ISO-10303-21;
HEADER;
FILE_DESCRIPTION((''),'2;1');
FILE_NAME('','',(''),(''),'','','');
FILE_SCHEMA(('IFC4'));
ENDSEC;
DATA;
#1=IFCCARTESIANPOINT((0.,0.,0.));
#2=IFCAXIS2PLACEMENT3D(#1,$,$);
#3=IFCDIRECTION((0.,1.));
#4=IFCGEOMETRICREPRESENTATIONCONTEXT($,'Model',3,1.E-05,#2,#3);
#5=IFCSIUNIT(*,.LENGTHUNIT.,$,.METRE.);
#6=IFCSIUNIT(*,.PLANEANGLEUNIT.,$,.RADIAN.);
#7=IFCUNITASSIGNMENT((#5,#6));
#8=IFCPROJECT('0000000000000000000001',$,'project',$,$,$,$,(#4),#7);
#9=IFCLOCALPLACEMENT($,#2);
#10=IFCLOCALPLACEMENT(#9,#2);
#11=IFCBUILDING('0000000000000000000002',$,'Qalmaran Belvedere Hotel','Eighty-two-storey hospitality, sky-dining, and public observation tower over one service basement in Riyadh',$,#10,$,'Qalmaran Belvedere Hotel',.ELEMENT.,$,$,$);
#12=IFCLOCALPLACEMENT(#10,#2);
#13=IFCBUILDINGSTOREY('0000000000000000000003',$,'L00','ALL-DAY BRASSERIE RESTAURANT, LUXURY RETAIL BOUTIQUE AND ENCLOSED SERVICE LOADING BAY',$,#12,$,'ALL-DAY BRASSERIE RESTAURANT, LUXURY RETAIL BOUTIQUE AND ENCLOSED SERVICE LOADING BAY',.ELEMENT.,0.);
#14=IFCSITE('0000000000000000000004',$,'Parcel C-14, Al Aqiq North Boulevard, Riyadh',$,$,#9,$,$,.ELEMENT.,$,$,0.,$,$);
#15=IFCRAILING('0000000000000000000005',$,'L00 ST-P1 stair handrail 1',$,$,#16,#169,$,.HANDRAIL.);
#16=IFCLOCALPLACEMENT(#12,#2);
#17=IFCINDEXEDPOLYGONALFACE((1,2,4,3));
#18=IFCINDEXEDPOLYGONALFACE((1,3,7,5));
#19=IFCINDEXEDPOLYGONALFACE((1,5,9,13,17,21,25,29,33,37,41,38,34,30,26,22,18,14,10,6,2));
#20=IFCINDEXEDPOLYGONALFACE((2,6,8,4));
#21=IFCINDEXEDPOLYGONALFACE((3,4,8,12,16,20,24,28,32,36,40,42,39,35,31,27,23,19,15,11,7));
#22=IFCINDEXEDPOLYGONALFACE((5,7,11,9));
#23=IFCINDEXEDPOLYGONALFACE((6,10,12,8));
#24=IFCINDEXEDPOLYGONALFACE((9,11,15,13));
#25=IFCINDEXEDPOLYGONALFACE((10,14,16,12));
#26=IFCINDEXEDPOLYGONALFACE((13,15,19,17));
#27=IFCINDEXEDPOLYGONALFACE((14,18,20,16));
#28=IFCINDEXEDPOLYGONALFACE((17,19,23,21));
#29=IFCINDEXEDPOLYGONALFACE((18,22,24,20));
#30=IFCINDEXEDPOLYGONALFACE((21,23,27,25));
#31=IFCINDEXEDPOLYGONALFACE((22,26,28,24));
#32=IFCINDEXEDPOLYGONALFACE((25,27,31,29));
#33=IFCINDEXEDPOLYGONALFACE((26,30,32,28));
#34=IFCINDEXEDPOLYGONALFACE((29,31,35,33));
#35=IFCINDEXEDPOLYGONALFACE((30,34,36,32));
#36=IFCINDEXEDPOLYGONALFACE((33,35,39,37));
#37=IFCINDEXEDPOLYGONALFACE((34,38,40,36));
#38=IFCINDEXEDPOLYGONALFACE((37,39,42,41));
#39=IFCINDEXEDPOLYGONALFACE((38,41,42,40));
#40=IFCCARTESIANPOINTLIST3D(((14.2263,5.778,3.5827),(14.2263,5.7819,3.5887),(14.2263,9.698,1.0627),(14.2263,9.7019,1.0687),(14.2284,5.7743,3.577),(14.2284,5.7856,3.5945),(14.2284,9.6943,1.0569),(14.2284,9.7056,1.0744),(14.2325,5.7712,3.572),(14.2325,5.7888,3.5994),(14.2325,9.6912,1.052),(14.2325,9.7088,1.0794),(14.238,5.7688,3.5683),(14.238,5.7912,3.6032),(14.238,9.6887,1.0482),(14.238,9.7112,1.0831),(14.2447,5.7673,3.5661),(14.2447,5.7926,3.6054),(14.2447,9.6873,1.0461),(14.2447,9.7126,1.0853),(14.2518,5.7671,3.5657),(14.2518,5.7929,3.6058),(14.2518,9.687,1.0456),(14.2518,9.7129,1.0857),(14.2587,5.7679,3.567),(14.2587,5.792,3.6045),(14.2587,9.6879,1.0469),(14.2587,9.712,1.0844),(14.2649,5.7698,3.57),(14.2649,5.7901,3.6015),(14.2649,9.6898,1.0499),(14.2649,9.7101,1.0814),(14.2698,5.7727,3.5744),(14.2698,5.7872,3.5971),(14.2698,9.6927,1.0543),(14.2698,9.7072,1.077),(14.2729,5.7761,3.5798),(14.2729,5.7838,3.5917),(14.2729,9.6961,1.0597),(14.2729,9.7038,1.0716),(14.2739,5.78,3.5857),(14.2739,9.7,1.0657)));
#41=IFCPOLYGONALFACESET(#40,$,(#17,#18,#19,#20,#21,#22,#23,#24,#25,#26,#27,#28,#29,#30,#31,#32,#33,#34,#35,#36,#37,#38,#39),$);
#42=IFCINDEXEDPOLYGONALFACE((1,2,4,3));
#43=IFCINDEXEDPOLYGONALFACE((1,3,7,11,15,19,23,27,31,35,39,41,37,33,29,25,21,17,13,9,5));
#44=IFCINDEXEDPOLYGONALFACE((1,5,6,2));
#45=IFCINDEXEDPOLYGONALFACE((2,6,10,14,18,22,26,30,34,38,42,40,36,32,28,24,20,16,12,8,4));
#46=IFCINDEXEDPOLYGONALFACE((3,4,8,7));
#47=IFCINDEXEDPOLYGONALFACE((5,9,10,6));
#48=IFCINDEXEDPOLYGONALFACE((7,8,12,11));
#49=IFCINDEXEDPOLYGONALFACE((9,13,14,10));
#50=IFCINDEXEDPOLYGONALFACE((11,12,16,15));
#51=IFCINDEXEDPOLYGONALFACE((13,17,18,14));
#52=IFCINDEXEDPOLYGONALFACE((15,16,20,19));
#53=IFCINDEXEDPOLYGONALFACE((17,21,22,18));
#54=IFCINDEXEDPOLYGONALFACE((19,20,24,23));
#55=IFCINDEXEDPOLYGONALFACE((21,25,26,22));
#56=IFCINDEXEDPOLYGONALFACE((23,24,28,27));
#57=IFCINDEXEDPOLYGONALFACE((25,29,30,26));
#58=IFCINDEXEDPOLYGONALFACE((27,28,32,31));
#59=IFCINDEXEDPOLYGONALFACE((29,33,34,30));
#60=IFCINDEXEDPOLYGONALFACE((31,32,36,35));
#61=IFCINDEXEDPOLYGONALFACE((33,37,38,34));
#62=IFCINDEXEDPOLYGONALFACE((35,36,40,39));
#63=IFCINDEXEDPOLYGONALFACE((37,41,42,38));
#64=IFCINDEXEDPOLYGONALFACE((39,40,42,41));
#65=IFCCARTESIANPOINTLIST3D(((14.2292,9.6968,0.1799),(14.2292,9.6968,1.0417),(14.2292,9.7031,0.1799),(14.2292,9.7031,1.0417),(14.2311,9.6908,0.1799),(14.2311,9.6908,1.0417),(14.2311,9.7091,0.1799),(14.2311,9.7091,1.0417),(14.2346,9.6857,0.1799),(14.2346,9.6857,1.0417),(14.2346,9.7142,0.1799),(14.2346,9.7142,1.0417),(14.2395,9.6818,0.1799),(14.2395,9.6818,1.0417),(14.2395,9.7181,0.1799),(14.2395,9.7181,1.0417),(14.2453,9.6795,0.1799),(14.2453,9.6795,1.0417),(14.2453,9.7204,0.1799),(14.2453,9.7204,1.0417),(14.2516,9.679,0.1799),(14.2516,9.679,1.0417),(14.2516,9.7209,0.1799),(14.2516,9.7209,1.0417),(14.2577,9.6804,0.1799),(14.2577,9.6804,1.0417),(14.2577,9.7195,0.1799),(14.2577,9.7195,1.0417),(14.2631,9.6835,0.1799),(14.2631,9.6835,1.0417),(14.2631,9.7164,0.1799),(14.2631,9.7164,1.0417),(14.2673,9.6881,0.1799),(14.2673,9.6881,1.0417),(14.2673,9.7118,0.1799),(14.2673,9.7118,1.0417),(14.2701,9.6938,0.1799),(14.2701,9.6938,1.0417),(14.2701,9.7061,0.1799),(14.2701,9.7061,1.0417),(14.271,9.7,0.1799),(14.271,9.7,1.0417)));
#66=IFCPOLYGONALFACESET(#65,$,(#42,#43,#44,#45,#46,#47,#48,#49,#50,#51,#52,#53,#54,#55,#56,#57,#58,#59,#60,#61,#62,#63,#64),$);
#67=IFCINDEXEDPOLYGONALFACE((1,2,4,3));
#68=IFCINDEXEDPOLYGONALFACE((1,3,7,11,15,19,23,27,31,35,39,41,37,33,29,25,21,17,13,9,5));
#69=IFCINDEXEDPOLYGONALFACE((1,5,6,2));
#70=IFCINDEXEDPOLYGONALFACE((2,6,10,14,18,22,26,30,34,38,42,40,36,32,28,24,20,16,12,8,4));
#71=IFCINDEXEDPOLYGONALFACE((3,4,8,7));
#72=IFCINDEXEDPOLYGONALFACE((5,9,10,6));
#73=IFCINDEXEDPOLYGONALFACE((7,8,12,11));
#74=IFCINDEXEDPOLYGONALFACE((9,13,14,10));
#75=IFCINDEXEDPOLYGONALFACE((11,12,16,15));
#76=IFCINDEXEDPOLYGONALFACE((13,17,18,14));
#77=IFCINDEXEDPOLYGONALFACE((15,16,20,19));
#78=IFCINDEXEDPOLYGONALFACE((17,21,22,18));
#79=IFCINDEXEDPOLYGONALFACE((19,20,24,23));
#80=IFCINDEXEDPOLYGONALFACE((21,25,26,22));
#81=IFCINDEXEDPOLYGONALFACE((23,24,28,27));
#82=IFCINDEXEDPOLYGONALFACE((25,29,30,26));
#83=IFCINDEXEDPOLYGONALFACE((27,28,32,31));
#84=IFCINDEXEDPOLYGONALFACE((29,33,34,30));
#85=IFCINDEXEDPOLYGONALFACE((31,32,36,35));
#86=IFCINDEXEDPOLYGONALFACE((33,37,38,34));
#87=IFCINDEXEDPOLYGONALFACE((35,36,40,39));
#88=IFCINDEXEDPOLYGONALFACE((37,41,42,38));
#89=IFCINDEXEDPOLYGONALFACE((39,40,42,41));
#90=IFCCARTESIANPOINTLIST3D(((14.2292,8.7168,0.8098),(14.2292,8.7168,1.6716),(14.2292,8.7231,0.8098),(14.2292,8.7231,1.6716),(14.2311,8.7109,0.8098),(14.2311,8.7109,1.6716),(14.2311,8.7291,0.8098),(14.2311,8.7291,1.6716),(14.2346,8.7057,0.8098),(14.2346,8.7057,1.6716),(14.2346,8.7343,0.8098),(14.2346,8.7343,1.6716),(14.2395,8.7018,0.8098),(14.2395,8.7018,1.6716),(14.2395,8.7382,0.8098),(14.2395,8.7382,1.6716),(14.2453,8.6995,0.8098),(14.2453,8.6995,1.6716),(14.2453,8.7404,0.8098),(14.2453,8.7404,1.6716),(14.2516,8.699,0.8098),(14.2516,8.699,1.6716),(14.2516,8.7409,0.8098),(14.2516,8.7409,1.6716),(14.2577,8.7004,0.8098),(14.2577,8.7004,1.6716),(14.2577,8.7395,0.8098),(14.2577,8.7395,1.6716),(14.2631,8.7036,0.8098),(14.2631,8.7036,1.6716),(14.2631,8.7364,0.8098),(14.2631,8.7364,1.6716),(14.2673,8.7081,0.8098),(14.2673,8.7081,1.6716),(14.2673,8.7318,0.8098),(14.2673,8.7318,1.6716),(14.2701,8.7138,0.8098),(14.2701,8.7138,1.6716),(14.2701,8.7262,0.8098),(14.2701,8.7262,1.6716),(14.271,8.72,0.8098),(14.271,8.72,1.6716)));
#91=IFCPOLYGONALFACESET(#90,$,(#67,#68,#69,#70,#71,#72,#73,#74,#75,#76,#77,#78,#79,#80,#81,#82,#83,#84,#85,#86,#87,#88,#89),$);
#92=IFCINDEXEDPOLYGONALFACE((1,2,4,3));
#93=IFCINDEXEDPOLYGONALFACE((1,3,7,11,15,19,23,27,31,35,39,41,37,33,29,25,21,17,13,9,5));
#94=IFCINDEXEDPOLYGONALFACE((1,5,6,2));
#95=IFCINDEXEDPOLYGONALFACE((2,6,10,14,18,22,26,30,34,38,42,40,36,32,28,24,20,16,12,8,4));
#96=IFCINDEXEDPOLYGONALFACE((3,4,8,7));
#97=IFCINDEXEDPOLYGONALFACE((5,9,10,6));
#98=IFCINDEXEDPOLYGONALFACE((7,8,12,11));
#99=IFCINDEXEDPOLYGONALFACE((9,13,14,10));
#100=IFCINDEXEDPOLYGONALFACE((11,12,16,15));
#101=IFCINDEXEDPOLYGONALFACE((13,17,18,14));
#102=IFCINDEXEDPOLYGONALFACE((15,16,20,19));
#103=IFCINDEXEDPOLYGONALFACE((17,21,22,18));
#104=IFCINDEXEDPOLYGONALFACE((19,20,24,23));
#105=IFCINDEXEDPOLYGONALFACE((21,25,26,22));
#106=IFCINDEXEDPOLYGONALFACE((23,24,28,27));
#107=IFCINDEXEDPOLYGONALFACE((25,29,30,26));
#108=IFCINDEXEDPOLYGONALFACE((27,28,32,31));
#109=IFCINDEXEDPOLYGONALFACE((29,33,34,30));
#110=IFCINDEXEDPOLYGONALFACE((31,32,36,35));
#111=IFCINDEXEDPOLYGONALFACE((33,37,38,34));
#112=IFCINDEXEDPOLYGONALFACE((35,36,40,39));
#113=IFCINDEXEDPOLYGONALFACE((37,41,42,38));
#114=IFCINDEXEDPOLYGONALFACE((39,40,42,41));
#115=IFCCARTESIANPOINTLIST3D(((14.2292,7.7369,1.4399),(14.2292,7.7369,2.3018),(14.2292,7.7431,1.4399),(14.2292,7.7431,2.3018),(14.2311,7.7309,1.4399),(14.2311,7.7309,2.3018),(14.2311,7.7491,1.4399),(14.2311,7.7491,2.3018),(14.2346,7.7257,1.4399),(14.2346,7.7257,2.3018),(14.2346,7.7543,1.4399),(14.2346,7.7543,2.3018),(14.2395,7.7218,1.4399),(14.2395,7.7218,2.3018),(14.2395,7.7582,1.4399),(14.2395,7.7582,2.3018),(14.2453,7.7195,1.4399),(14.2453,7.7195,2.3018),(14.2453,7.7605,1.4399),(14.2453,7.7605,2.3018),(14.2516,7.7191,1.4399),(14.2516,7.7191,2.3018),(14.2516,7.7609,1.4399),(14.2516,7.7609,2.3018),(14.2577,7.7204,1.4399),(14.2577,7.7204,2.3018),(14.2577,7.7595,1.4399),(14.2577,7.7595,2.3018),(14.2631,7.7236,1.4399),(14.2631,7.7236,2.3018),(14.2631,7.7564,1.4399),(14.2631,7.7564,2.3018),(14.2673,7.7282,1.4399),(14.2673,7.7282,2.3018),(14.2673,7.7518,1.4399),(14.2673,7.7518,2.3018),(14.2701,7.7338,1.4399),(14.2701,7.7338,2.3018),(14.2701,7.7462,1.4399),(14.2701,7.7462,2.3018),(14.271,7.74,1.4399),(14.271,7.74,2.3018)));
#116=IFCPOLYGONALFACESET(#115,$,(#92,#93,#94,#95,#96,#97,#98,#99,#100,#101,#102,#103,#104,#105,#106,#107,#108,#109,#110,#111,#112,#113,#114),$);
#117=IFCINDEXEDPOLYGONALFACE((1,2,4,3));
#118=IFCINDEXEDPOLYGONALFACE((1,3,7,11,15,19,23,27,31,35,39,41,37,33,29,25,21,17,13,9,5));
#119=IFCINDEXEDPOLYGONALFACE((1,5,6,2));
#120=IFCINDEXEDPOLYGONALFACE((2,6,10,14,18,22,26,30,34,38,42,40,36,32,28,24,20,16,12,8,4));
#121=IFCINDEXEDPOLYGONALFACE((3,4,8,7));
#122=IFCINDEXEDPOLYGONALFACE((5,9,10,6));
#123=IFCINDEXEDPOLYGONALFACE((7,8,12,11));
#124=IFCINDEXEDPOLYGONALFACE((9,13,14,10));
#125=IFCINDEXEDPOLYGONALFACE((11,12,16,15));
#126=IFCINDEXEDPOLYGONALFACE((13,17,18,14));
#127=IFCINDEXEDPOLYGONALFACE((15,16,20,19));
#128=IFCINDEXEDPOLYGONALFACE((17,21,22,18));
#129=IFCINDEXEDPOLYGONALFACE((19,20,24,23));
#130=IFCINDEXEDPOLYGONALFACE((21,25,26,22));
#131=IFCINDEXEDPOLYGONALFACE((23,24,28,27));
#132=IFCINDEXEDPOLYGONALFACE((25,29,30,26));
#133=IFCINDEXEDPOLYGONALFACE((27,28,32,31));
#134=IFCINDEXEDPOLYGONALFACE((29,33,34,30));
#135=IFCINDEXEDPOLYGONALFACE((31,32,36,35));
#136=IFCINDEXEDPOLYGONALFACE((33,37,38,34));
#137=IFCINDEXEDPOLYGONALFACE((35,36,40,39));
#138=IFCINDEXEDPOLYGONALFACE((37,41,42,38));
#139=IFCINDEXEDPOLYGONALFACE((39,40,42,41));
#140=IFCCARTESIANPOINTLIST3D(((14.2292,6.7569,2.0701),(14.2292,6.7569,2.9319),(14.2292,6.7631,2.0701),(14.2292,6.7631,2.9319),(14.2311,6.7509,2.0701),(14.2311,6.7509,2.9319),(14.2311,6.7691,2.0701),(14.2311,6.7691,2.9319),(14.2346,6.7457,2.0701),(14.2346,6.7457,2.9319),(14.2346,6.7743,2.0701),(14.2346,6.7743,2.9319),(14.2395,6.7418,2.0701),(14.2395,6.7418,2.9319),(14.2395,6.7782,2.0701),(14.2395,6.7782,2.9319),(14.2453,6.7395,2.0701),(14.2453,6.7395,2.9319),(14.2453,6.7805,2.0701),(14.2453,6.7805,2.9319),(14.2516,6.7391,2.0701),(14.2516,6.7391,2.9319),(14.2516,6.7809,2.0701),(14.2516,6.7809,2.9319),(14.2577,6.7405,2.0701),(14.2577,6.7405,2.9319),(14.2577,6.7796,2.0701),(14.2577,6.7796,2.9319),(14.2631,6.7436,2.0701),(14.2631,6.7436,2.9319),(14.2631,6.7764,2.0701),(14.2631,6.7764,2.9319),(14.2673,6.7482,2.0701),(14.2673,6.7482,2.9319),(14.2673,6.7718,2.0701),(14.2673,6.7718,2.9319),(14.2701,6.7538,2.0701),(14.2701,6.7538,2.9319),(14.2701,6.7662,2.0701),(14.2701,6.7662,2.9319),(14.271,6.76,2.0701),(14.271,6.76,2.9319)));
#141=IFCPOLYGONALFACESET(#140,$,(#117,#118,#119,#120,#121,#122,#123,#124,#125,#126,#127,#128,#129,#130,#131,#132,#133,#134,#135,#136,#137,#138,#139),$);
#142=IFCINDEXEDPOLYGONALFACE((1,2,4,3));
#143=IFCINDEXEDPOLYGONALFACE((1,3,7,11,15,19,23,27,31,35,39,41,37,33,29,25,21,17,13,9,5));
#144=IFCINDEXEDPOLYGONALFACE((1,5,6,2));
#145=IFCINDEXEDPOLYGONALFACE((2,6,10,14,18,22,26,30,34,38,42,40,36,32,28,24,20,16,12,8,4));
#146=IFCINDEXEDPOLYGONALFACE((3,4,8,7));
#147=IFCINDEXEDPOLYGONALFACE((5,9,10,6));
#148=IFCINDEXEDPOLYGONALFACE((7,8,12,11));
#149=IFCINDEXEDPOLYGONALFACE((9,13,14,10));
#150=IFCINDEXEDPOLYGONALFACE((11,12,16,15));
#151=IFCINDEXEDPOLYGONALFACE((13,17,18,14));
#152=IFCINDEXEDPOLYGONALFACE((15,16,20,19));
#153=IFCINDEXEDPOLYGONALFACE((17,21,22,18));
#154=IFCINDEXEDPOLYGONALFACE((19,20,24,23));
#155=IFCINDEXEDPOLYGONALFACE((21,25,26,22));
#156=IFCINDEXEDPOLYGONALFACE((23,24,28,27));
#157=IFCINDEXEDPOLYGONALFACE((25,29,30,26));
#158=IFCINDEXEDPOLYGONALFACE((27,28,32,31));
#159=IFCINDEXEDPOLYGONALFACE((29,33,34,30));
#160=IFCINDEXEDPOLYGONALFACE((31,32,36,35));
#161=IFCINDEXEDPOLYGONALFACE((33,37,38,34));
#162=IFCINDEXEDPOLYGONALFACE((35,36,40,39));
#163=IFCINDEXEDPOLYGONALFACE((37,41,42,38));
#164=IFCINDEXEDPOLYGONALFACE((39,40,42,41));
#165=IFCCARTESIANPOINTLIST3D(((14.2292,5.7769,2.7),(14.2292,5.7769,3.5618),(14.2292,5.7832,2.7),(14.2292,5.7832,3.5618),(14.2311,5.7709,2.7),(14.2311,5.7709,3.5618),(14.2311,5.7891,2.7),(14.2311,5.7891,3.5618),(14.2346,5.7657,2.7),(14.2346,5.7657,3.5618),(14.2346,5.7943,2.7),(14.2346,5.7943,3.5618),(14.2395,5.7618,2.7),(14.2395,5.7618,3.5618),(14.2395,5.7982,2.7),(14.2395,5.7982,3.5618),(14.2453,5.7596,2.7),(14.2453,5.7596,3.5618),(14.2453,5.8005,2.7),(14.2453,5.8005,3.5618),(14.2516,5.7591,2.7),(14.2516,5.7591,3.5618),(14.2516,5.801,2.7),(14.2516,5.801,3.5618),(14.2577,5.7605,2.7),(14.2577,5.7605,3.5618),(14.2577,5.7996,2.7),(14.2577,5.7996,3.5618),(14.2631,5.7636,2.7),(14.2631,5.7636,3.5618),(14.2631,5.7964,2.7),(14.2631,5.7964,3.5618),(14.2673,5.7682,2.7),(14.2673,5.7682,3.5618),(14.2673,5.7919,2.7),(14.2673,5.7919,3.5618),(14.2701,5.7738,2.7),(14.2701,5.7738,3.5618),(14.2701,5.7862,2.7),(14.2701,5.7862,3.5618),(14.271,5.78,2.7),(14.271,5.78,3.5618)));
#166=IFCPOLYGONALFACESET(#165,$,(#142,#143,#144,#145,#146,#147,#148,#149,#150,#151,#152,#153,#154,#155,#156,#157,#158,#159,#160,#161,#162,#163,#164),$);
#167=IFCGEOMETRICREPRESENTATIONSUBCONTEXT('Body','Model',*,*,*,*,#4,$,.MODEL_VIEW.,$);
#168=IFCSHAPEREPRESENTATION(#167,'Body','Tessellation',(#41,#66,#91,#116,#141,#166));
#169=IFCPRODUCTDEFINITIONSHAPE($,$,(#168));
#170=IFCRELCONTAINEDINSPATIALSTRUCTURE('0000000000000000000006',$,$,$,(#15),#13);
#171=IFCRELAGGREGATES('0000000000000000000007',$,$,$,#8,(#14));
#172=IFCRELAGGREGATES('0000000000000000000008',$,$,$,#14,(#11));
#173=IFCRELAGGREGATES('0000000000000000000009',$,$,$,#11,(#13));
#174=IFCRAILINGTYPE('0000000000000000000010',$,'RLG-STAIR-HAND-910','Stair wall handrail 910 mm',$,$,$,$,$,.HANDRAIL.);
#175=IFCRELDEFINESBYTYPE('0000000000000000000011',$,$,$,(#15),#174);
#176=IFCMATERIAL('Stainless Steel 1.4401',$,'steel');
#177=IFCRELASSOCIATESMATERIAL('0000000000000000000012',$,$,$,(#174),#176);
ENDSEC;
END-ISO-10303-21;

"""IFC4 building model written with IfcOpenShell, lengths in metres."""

from ifc_helpers import new_model, si_unit, direction, frame, origin, origin_2d, place, context, subcontext, project, spatial, circle, extrude, material, type_object, element, save


model = new_model("IFC4")

# Units and contexts
model_context = context("Model", 3, precision=1e-05, world=origin(), true_north=direction((0.0, 1.0)))
body_context = subcontext(model_context, "Body", "Model", "MODEL_VIEW")
ifc_project = project(units=[si_unit("LENGTHUNIT", "METRE"), si_unit("PLANEANGLEUNIT", "RADIAN")], contexts=[model_context])

# Site, building, storey
site_placement = place(None, origin())
site = spatial("IfcSite", under=ifc_project, at=site_placement, Name="Parcel C-14, Al Aqiq North Boulevard, Riyadh", CompositionType="ELEMENT", RefElevation=0.0)
building_placement = place(site_placement, origin())
building = spatial("IfcBuilding", under=site, at=building_placement, Name="Qalmaran Belvedere Hotel", Description="Eighty-two-storey hospitality, sky-dining, and public observation tower over one service basement in Riyadh", LongName="Qalmaran Belvedere Hotel", CompositionType="ELEMENT")
storey_placement = place(building_placement, origin())
storey = spatial("IfcBuildingStorey", under=building, at=storey_placement, Name="L00", Description="ALL-DAY BRASSERIE RESTAURANT, LUXURY RETAIL BOUTIQUE AND ENCLOSED SERVICE LOADING BAY", LongName="ALL-DAY BRASSERIE RESTAURANT, LUXURY RETAIL BOUTIQUE AND ENCLOSED SERVICE LOADING BAY", CompositionType="ELEMENT", Elevation=0.0)

# Railing
ifc_material_1 = material(Name="Stainless Steel 1.4401", Category="steel")
railing_type_1 = type_object("IfcRailingType", Name="RLG-STAIR-HAND-910", Description="Stair wall handrail 910 mm", PredefinedType="HANDRAIL", material=ifc_material_1)
railing_1_placement = place(storey_placement, frame((14.25, 9.7, 0.1799)))
element("IfcRailing", 1, at=railing_1_placement, inside=storey, type_object=railing_type_1, Name="L00 ST-P1 stair handrail 1", PredefinedType="HANDRAIL", context=body_context, shape_type="SweptSolid", body=[
    extrude(circle(Radius=0.0239, at=origin_2d()), frame((0.0, 0.0, 0.8857), z_axis=(0.0, -0.841172, 0.540768), x_axis=(1.0, 0.0, 0.0)), (0.0, 0.0, 1.0), 4.6602),
    extrude(circle(Radius=0.021, at=origin_2d()), origin(), (0.0, 0.0, 1.0), 0.8618),
    extrude(circle(Radius=0.021, at=origin_2d()), frame((0.0, -0.98, 0.6299)), (0.0, 0.0, 1.0), 0.8618),
    extrude(circle(Radius=0.021, at=origin_2d()), frame((0.0, -1.96, 1.26)), (0.0, 0.0, 1.0), 0.8618),
    extrude(circle(Radius=0.021, at=origin_2d()), frame((0.0, -2.9399, 1.8901)), (0.0, 0.0, 1.0), 0.8618),
    extrude(circle(Radius=0.021, at=origin_2d()), frame((0.0, -3.9199, 2.52)), (0.0, 0.0, 1.0), 0.8618),
])

save(model, "model.ifc")
